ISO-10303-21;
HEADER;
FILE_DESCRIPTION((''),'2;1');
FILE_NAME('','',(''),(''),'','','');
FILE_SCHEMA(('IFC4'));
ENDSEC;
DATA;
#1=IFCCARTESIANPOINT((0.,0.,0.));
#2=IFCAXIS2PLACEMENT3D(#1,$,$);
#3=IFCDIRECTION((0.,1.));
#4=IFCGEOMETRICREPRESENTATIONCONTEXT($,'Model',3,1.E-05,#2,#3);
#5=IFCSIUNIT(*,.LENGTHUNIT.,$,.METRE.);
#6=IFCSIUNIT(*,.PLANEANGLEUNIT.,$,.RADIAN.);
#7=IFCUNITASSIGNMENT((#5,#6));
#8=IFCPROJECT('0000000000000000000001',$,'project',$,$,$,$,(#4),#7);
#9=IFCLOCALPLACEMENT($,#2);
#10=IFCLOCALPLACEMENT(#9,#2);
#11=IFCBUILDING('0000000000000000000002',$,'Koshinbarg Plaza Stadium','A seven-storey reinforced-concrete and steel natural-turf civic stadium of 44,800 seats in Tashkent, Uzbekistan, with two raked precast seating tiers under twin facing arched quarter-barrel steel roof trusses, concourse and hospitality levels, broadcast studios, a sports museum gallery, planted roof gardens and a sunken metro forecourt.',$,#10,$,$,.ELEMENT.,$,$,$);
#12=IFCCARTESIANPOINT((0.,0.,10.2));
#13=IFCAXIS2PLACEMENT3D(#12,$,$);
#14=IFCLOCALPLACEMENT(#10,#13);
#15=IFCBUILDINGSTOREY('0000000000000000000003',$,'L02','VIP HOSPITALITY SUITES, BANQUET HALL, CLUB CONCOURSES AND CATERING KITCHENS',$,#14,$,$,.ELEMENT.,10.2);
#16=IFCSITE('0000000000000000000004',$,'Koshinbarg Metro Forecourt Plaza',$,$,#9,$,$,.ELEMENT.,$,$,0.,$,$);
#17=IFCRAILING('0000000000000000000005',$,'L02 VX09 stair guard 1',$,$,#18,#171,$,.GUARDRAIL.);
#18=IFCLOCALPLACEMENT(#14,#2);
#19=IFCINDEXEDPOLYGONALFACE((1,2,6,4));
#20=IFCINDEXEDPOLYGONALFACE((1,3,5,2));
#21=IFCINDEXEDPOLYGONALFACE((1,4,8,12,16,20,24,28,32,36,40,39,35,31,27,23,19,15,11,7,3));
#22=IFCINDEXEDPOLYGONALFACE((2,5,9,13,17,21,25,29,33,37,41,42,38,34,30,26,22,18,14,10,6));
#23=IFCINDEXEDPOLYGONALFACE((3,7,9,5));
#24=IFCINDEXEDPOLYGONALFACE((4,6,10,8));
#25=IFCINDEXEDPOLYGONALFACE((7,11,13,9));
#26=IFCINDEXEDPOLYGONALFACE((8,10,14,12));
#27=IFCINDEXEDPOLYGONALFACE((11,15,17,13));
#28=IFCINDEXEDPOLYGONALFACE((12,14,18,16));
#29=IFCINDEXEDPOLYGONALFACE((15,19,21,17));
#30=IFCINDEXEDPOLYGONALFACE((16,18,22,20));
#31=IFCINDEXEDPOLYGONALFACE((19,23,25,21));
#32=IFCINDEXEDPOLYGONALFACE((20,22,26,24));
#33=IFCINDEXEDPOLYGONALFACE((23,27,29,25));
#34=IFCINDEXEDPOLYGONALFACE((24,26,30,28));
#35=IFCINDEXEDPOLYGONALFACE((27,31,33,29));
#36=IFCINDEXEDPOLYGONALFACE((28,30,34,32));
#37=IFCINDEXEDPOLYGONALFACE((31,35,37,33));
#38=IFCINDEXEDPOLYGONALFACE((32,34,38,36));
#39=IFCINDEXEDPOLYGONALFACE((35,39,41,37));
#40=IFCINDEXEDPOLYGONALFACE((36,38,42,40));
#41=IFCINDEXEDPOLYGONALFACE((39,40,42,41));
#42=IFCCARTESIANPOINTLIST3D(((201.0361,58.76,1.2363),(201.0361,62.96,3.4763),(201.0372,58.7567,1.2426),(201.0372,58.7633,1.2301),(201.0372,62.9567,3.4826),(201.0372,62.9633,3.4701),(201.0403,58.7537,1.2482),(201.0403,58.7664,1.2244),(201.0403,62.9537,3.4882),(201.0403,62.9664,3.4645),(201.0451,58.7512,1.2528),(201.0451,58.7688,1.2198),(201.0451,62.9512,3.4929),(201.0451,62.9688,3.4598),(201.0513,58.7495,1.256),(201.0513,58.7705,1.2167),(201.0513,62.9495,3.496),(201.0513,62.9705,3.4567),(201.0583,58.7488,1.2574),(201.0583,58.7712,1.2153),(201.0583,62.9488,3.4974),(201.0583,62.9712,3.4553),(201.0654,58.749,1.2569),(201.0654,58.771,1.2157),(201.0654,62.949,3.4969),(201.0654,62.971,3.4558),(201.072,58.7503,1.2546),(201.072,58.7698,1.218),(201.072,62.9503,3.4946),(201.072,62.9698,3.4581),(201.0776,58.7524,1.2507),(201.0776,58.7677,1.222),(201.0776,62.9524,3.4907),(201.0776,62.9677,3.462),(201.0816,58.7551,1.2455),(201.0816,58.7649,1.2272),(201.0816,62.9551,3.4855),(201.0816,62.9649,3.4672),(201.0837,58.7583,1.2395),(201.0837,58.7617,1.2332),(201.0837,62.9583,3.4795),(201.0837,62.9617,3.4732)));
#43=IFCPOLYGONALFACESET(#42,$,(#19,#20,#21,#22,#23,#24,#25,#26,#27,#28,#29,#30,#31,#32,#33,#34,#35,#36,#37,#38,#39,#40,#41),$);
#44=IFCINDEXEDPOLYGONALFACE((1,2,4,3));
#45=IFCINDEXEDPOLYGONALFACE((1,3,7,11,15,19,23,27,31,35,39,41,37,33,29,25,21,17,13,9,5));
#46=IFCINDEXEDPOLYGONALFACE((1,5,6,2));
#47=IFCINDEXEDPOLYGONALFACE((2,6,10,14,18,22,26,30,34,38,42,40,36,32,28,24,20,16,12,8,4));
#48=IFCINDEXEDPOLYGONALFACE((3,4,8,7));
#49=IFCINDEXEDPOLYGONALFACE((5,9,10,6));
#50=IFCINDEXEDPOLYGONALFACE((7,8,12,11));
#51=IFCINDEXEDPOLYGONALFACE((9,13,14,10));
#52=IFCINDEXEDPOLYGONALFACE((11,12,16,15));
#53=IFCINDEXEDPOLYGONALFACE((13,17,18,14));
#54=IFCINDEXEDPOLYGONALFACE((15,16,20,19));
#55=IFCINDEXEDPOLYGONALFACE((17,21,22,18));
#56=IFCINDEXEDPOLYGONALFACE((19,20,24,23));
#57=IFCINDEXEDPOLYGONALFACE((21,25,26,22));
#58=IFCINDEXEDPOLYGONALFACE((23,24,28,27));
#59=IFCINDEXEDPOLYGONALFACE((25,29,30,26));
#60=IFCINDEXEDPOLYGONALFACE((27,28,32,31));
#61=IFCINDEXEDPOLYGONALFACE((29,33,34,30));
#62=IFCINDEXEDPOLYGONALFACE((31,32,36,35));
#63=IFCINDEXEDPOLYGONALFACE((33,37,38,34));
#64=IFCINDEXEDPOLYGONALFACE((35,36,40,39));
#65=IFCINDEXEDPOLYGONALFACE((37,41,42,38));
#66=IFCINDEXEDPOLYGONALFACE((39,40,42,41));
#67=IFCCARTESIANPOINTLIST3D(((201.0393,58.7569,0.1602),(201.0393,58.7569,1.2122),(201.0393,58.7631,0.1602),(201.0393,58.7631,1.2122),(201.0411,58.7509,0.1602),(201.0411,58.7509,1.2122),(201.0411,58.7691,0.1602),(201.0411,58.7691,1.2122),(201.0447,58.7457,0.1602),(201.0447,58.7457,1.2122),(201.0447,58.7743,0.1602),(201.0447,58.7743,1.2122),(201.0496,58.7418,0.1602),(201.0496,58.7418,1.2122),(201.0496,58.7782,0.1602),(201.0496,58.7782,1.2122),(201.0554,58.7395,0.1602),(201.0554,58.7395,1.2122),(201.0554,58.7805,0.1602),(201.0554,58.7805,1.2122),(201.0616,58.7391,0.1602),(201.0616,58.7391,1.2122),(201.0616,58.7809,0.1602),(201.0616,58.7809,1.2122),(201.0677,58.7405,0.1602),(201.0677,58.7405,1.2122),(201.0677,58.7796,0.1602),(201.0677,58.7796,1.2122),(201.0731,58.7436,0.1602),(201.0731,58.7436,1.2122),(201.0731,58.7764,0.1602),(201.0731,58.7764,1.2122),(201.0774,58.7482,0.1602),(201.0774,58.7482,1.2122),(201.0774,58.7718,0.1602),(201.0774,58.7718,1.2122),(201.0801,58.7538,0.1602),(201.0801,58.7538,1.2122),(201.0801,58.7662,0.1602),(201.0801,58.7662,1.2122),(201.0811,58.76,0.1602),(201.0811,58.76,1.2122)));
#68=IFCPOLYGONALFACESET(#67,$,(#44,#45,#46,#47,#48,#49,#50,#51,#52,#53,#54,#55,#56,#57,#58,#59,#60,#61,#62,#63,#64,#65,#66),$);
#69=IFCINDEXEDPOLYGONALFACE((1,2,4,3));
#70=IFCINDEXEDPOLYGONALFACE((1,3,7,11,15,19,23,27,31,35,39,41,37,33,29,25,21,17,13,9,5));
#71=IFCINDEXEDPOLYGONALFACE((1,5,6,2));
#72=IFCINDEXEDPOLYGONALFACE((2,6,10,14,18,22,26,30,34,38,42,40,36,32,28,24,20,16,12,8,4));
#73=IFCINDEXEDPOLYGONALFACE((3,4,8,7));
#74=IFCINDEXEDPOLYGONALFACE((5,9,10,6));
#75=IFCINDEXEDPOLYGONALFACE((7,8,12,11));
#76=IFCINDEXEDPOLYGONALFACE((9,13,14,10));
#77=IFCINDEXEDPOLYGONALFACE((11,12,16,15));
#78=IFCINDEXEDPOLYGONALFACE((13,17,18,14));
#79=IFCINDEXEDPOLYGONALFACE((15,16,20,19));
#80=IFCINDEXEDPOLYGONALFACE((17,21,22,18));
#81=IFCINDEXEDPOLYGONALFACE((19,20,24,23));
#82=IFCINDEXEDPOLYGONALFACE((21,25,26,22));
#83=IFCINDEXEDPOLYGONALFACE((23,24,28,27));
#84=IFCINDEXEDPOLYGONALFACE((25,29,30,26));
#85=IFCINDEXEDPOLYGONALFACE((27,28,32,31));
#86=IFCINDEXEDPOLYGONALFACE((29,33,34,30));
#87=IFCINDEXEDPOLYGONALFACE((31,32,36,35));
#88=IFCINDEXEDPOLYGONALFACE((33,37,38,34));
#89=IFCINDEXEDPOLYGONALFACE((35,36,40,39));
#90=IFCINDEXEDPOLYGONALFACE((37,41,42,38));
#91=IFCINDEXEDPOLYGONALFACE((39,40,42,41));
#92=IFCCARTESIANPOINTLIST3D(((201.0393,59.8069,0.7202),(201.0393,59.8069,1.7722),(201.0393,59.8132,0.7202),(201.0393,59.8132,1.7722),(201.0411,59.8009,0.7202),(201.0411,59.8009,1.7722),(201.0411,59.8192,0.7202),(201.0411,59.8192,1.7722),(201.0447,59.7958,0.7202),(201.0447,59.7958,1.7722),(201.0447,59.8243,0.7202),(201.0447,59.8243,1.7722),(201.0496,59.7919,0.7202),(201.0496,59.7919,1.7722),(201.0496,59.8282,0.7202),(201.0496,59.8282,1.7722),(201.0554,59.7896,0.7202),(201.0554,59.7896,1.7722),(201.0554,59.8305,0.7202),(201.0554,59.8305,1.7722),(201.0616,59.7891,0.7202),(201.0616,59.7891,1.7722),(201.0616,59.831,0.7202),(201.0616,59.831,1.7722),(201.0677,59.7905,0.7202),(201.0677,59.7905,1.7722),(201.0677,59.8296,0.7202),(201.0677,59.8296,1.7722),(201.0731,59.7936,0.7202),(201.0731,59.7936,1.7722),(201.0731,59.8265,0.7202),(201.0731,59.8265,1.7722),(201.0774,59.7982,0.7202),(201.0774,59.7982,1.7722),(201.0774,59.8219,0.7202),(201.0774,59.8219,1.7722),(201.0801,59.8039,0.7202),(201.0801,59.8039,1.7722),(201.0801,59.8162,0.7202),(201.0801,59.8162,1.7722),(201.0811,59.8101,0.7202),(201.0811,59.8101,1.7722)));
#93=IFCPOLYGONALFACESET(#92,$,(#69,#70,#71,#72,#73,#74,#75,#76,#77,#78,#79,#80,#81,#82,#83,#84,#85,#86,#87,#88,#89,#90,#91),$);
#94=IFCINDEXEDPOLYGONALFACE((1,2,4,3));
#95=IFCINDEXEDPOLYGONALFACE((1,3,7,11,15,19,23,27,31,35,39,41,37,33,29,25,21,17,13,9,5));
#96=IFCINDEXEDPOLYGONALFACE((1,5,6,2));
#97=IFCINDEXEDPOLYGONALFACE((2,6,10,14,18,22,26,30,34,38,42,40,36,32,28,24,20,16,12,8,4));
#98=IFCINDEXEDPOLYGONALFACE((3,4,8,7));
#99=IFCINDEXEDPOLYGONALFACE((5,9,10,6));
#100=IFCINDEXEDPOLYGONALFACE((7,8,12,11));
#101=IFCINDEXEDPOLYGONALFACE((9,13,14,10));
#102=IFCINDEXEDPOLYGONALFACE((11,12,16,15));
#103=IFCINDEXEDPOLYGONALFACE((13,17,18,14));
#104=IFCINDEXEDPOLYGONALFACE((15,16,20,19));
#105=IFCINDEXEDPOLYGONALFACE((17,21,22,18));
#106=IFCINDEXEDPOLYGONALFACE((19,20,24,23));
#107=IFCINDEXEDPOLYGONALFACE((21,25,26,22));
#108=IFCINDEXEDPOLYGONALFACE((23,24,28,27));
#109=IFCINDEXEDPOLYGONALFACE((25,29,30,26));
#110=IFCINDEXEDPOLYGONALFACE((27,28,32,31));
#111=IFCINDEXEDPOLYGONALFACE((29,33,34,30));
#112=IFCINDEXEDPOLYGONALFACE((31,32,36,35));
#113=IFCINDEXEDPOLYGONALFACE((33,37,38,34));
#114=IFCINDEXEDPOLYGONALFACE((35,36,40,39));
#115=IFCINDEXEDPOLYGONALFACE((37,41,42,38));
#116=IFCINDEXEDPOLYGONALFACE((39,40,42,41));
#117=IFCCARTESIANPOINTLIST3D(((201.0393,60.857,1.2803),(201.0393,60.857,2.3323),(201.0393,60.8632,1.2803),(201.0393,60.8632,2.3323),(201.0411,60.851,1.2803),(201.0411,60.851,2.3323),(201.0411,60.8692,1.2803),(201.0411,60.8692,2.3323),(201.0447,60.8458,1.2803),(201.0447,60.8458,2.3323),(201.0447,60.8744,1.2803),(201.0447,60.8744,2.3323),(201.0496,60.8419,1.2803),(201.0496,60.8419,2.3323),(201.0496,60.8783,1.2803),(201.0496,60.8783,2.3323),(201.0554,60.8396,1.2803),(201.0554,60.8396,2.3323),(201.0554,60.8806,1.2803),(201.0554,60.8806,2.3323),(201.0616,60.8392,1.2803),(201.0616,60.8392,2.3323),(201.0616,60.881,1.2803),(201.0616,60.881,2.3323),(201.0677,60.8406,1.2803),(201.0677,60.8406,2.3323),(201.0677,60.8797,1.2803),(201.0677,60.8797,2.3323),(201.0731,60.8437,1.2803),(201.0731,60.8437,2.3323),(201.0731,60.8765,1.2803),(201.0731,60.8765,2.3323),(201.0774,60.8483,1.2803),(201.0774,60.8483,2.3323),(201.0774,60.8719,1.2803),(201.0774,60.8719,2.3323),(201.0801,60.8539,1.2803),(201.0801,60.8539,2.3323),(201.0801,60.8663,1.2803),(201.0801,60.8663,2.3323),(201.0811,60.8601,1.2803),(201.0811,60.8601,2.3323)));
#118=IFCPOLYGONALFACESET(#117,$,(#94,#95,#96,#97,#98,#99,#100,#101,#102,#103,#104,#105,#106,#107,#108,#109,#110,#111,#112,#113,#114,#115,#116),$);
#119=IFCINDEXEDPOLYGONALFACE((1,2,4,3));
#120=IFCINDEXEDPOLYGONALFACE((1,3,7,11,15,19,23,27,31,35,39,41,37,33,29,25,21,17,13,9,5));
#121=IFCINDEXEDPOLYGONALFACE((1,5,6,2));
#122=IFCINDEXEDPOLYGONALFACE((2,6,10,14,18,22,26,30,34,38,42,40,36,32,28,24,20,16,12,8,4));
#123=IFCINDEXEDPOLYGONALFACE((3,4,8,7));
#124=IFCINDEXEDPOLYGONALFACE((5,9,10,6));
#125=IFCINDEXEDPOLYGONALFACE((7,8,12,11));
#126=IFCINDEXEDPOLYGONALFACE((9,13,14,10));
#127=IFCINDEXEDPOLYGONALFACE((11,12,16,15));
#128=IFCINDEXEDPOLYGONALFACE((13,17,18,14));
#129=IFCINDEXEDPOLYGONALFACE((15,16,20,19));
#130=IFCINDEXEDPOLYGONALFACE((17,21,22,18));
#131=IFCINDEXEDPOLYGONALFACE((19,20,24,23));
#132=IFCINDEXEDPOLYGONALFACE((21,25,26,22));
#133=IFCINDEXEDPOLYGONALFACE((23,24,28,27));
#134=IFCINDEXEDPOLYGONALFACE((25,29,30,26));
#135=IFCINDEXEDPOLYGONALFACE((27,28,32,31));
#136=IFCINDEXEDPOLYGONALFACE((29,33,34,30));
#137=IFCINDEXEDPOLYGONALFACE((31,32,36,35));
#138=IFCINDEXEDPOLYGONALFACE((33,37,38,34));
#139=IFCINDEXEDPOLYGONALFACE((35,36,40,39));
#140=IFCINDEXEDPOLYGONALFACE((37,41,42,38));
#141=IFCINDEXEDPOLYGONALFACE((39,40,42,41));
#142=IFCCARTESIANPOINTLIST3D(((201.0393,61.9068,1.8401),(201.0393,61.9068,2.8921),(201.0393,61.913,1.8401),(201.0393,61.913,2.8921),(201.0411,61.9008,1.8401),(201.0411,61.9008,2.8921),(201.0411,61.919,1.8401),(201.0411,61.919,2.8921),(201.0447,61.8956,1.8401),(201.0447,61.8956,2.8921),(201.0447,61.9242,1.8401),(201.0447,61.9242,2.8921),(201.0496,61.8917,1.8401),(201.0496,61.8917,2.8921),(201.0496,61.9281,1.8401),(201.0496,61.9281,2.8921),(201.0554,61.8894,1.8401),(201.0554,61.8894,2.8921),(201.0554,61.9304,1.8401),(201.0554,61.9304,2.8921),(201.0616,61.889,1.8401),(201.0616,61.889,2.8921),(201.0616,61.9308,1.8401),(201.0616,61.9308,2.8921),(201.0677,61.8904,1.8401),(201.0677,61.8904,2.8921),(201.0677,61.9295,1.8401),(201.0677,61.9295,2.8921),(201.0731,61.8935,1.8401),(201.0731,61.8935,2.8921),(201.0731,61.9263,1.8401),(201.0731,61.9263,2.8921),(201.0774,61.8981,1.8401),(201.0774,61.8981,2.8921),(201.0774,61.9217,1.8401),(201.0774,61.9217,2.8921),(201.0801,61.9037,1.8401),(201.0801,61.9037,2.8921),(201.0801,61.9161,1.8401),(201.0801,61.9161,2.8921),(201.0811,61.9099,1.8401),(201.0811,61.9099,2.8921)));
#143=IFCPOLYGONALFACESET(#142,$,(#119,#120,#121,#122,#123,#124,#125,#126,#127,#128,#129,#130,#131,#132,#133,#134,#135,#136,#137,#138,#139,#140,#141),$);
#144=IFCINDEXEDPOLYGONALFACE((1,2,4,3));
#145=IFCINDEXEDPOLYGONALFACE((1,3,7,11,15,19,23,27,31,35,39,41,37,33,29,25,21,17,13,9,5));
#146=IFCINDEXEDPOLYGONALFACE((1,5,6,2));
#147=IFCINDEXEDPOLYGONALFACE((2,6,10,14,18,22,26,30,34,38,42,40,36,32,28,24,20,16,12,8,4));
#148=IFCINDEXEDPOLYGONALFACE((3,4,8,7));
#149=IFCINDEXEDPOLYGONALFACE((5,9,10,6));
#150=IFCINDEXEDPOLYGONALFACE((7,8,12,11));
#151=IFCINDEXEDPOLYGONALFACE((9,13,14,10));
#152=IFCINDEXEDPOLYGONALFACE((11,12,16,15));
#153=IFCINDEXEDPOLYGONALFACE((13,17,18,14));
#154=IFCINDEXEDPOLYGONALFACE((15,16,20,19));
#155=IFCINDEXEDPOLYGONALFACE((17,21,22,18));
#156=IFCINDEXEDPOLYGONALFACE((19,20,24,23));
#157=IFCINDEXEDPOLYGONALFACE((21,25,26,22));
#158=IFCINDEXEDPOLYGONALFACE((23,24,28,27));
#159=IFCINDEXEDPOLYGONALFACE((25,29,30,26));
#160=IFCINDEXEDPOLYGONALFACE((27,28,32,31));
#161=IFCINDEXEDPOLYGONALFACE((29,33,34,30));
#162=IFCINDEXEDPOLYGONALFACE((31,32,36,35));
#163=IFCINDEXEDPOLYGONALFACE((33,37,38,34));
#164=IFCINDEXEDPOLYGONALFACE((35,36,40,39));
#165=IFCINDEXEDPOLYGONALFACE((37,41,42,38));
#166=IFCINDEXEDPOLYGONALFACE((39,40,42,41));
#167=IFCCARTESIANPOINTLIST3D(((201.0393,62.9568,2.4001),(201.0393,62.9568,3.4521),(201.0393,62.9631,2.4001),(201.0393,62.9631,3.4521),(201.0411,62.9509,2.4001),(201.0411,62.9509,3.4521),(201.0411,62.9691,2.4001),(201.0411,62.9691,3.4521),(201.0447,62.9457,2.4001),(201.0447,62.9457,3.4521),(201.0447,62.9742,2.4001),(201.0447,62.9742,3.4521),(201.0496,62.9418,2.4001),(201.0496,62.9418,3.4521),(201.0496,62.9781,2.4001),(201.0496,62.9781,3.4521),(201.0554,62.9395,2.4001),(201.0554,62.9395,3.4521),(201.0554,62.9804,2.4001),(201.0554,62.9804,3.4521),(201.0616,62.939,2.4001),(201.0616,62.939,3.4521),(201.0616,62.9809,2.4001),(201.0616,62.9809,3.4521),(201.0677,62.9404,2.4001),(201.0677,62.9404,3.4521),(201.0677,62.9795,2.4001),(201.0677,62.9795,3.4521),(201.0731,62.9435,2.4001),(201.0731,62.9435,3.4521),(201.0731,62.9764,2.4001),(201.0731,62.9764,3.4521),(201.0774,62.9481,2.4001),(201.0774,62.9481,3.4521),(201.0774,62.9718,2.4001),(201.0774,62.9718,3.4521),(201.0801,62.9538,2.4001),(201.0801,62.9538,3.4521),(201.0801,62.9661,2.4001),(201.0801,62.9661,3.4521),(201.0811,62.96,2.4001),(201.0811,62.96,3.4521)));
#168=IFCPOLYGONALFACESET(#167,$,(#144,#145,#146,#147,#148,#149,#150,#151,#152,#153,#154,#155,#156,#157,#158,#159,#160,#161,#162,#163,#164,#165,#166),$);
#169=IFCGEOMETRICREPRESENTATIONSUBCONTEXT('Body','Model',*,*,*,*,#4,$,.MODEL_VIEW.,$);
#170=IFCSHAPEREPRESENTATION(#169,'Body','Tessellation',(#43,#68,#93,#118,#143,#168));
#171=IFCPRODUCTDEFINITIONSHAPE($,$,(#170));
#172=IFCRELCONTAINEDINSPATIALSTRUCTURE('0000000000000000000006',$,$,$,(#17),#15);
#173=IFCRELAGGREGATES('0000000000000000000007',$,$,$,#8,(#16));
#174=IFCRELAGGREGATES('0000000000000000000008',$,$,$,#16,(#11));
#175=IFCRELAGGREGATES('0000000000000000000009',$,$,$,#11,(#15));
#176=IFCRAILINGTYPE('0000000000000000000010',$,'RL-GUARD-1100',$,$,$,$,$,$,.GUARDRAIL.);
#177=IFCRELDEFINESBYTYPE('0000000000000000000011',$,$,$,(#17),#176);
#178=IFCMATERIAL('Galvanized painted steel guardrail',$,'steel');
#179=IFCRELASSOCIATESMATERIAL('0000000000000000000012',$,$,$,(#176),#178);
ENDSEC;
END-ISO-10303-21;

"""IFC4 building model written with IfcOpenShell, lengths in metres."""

from ifc_helpers import new_model, si_unit, direction, frame, origin, origin_2d, place, context, subcontext, project, spatial, circle, extrude, material, type_object, element, save


model = new_model("IFC4")

# Units and contexts
model_context = context("Model", 3, precision=1e-05, world=origin(), true_north=direction((0.0, 1.0)))
body_context = subcontext(model_context, "Body", "Model", "MODEL_VIEW")
ifc_project = project(units=[si_unit("LENGTHUNIT", "METRE"), si_unit("PLANEANGLEUNIT", "RADIAN")], contexts=[model_context])

# Site, building, storey
site_placement = place(None, origin())
site = spatial("IfcSite", under=ifc_project, at=site_placement, Name="Koshinbarg Metro Forecourt Plaza", CompositionType="ELEMENT", RefElevation=0.0)
building_placement = place(site_placement, origin())
building = spatial("IfcBuilding", under=site, at=building_placement, Name="Koshinbarg Plaza Stadium", Description="A seven-storey reinforced-concrete and steel natural-turf civic stadium of 44,800 seats in Tashkent, Uzbekistan, with two raked precast seating tiers under twin facing arched quarter-barrel steel roof trusses, concourse and hospitality levels, broadcast studios, a sports museum gallery, planted roof gardens and a sunken metro forecourt.", CompositionType="ELEMENT")
storey_placement = place(building_placement, frame((0.0, 0.0, 10.2)))
storey = spatial("IfcBuildingStorey", under=building, at=storey_placement, Name="L02", Description="VIP HOSPITALITY SUITES, BANQUET HALL, CLUB CONCOURSES AND CATERING KITCHENS", CompositionType="ELEMENT", Elevation=10.2)

# Railing
ifc_material_1 = material(Name="Galvanized painted steel guardrail", Category="steel")
railing_type_1 = type_object("IfcRailingType", Name="RL-GUARD-1100", PredefinedType="GUARDRAIL", material=ifc_material_1)
railing_1_placement = place(storey_placement, frame((201.0601, 58.76, 0.1602)))
element("IfcRailing", 1, at=railing_1_placement, inside=storey, type_object=railing_type_1, Name="L02 VX09 stair guard 1", PredefinedType="GUARDRAIL", context=body_context, shape_type="SweptSolid", body=[
    extrude(circle(Radius=0.0239, at=origin_2d()), frame((0.0, 0.0, 1.0762), z_axis=(0.0, 0.882352, 0.470591), x_axis=(-1.0, 0.0, 0.0)), (0.0, 0.0, 1.0), 4.76),
    extrude(circle(Radius=0.021, at=origin_2d()), origin(), (0.0, 0.0, 1.0), 1.052),
    extrude(circle(Radius=0.021, at=origin_2d()), frame((0.0, 1.05, 0.5601)), (0.0, 0.0, 1.0), 1.052),
    extrude(circle(Radius=0.021, at=origin_2d()), frame((0.0, 2.1001, 1.1201)), (0.0, 0.0, 1.0), 1.052),
    extrude(circle(Radius=0.021, at=origin_2d()), frame((0.0, 3.1499, 1.6799)), (0.0, 0.0, 1.0), 1.052),
    extrude(circle(Radius=0.021, at=origin_2d()), frame((0.0, 4.2, 2.24)), (0.0, 0.0, 1.0), 1.052),
])

save(model, "model.ifc")
